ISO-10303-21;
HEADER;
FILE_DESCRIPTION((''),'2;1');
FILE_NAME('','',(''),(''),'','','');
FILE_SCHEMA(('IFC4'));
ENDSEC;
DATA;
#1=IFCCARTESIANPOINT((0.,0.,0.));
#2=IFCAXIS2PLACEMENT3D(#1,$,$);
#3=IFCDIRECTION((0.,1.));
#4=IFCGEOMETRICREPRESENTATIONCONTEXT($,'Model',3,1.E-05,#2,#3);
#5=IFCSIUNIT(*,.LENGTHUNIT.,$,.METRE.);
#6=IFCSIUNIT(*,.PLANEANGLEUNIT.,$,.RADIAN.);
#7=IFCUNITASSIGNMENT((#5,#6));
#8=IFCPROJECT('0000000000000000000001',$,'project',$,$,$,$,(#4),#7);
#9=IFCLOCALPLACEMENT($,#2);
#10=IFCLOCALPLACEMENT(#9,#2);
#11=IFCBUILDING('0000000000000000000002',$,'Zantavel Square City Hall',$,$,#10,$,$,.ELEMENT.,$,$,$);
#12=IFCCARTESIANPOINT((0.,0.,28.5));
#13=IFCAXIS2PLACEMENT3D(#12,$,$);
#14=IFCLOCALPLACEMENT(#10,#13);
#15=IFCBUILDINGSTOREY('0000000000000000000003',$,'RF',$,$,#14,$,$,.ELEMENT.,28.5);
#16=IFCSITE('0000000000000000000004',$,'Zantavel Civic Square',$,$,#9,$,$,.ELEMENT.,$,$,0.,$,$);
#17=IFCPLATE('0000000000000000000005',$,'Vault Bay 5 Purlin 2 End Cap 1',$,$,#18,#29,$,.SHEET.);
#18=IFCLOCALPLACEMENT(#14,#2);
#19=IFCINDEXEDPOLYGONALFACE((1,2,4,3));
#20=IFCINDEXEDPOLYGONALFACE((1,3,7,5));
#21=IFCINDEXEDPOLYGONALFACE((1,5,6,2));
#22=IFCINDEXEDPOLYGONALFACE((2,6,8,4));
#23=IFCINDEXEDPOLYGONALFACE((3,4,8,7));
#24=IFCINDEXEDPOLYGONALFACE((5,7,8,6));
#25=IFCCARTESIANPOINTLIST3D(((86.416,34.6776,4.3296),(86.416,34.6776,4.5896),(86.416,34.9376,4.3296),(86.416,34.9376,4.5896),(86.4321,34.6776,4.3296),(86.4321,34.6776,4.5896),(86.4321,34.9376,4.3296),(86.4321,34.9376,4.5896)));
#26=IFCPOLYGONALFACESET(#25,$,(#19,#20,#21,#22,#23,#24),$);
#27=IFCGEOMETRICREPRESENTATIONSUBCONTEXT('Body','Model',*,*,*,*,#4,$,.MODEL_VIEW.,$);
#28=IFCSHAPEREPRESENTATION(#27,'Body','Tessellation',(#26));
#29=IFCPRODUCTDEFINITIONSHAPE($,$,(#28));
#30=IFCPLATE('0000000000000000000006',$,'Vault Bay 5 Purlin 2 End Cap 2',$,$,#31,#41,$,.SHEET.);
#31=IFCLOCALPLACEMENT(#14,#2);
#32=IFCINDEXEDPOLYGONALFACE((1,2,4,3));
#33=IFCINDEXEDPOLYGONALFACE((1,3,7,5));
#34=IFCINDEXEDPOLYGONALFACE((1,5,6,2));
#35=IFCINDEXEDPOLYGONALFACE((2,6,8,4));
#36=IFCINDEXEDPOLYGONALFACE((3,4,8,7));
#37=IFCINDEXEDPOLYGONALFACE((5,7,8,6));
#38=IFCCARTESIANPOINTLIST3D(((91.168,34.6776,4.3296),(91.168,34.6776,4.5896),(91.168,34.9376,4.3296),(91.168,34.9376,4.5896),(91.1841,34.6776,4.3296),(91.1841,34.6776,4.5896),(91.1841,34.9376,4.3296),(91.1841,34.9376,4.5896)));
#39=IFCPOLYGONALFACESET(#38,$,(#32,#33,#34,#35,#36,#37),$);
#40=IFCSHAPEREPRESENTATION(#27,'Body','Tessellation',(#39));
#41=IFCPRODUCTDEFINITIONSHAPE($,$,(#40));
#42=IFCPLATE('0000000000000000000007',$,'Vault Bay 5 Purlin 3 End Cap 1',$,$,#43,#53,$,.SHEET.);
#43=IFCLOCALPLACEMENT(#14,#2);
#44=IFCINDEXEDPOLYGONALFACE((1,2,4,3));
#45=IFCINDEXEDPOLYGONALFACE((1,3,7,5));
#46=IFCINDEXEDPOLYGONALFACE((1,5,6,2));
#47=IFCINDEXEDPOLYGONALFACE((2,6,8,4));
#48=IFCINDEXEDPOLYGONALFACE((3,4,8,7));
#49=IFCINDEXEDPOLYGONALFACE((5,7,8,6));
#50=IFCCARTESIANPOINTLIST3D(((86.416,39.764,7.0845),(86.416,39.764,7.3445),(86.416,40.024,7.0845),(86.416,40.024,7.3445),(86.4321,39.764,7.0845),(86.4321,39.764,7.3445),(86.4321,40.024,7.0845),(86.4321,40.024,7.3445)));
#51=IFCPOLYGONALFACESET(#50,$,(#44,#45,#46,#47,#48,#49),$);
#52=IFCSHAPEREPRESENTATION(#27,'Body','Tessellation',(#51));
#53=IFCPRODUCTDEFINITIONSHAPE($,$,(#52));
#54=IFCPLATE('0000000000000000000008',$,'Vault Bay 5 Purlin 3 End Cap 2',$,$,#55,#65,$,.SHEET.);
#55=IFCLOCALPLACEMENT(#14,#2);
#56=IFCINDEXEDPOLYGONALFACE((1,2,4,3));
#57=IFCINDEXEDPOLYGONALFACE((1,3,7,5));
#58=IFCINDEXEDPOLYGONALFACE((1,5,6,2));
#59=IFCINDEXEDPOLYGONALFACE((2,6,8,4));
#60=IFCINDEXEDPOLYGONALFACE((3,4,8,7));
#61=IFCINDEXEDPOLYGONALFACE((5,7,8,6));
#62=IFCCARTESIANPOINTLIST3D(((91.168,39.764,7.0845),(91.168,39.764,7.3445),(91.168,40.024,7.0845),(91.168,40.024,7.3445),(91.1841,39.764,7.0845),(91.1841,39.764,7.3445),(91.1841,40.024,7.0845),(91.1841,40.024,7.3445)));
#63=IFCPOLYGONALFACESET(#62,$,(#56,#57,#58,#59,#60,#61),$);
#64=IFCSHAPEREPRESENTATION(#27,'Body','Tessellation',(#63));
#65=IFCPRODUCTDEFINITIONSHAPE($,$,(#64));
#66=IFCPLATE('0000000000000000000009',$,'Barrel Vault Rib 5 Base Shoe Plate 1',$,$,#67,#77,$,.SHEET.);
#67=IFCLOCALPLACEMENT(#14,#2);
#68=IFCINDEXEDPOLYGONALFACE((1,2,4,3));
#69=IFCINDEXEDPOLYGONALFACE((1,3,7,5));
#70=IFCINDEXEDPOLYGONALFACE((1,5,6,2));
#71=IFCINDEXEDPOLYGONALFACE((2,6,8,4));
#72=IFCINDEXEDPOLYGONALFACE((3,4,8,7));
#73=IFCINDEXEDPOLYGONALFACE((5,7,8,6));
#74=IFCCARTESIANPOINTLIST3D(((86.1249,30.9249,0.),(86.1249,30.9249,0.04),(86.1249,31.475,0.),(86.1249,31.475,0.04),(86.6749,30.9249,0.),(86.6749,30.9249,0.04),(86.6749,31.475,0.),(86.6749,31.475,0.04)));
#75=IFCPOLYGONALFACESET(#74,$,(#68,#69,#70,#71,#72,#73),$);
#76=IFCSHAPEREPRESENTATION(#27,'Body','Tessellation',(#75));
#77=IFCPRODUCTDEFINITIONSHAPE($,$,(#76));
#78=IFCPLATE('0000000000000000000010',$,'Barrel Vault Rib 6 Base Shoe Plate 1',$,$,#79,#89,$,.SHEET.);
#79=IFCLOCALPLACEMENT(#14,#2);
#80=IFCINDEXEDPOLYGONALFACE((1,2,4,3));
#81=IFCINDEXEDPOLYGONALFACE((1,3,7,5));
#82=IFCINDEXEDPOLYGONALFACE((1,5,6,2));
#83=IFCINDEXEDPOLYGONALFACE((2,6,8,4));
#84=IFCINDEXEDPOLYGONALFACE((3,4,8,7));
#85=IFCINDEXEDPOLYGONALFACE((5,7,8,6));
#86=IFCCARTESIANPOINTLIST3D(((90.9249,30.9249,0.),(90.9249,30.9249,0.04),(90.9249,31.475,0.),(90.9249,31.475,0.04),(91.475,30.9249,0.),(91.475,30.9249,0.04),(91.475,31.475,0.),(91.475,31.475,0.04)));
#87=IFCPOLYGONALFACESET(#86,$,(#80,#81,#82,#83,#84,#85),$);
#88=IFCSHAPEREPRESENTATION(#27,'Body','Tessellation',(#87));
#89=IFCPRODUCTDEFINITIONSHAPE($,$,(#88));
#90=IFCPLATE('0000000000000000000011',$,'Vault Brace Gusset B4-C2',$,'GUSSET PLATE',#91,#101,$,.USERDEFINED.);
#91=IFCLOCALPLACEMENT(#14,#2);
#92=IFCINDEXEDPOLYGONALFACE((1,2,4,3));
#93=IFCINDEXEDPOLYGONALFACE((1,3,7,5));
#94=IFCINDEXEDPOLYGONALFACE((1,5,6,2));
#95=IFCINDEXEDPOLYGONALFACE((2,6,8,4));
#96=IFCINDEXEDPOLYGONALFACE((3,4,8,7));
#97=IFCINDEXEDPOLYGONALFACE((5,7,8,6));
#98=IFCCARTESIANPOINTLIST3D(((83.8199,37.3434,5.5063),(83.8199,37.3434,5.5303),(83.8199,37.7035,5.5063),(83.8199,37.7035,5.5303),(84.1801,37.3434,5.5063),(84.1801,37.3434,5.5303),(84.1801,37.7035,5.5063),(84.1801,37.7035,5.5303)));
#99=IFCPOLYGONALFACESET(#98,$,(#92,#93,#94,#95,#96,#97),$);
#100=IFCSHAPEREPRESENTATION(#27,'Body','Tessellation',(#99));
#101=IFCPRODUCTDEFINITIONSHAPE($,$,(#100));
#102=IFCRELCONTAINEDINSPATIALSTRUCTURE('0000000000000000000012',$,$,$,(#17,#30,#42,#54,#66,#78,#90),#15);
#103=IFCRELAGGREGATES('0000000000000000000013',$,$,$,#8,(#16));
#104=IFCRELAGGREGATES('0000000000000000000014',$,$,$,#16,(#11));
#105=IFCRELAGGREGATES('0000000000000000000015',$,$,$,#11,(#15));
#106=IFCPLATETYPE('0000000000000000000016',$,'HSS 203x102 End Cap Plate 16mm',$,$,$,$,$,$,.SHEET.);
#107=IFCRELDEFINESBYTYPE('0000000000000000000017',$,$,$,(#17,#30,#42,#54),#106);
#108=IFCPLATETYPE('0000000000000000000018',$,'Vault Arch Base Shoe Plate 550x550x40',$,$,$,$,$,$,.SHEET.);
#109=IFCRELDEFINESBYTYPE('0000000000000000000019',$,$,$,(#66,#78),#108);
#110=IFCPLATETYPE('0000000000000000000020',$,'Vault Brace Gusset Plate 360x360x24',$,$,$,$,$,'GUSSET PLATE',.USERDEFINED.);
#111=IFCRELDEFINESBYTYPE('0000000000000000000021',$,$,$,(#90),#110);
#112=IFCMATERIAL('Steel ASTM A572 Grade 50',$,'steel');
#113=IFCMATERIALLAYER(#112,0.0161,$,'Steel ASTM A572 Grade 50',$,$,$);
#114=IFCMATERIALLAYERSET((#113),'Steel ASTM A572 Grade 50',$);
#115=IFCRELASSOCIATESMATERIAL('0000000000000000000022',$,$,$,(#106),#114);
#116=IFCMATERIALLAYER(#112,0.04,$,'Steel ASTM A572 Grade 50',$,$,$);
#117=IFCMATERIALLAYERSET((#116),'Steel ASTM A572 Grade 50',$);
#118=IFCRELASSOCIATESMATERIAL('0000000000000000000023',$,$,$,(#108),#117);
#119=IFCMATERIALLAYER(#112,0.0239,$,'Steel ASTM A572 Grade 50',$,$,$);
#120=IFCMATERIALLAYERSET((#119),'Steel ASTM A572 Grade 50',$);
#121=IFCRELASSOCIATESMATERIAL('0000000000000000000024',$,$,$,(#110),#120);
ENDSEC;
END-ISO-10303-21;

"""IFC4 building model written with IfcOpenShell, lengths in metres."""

from ifc_helpers import new_model, si_unit, direction, frame, origin, origin_2d, place, context, subcontext, project, spatial, rectangle, extrude, material, layer, layer_set, type_object, element, save


model = new_model("IFC4")

# Units and contexts
model_context = context("Model", 3, precision=1e-05, world=origin(), true_north=direction((0.0, 1.0)))
body_context = subcontext(model_context, "Body", "Model", "MODEL_VIEW")
ifc_project = project(units=[si_unit("LENGTHUNIT", "METRE"), si_unit("PLANEANGLEUNIT", "RADIAN")], contexts=[model_context])

# Site, building, storey
site_placement = place(None, origin())
site = spatial("IfcSite", under=ifc_project, at=site_placement, Name="Zantavel Civic Square", CompositionType="ELEMENT", RefElevation=0.0)
building_placement = place(site_placement, origin())
building = spatial("IfcBuilding", under=site, at=building_placement, Name="Zantavel Square City Hall", CompositionType="ELEMENT")
storey_placement = place(building_placement, frame((0.0, 0.0, 28.5)))
storey = spatial("IfcBuildingStorey", under=building, at=storey_placement, Name="RF", CompositionType="ELEMENT", Elevation=28.5)

# Plates
ifc_material_1 = material(Name="Steel ASTM A572 Grade 50", Category="steel")
ifc_layer_1 = layer(ifc_material_1, 0.0161, Name="Steel ASTM A572 Grade 50")
ifc_layer_set_1 = layer_set([ifc_layer_1], Name="Steel ASTM A572 Grade 50")
plate_type_1 = type_object("IfcPlateType", Name="HSS 203x102 End Cap Plate 16mm", PredefinedType="SHEET", material=ifc_layer_set_1)
for number, where, z_axis, x_axis, name in (
    (1, (86.4241, 34.8076, 4.3296), (0.0, 0.0, 1.0), (1.0, 0.0, 0.0), "Vault Bay 5 Purlin 2 End Cap 1"),
    (2, (91.176, 34.8076, 4.3296), (0.0, 0.0, 1.0), (1.0, 0.0, 0.0), "Vault Bay 5 Purlin 2 End Cap 2"),
    (3, (86.4241, 39.894, 7.0845), (0.0, 0.0, 1.0), (1.0, 0.0, 0.0), "Vault Bay 5 Purlin 3 End Cap 1"),
    (4, (91.176, 39.894, 7.0845), (0.0, 0.0, 1.0), (1.0, 0.0, 0.0), "Vault Bay 5 Purlin 3 End Cap 2"),
):
    element("IfcPlate", number, at=place(storey_placement, frame(where, z_axis=z_axis, x_axis=x_axis)), inside=storey, type_object=plate_type_1, Name=name, PredefinedType="SHEET", context=body_context, shape_type="SweptSolid", body=[
        extrude(rectangle(XDim=0.0161, YDim=0.26, at=origin_2d()), origin(), (0.0, 0.0, 1.0), 0.26),
    ])
ifc_layer_2 = layer(ifc_material_1, 0.04, Name="Steel ASTM A572 Grade 50")
ifc_layer_set_2 = layer_set([ifc_layer_2], Name="Steel ASTM A572 Grade 50")
plate_type_2 = type_object("IfcPlateType", Name="Vault Arch Base Shoe Plate 550x550x40", PredefinedType="SHEET", material=ifc_layer_set_2)
for number, where, z_axis, x_axis, name in (
    (5, (86.3999, 31.2, 0.0), (0.0, 0.0, 1.0), (1.0, 0.0, 0.0), "Barrel Vault Rib 5 Base Shoe Plate 1"),
    (6, (91.2, 31.2, 0.0), (0.0, 0.0, 1.0), (1.0, 0.0, 0.0), "Barrel Vault Rib 6 Base Shoe Plate 1"),
):
    element("IfcPlate", number, at=place(storey_placement, frame(where, z_axis=z_axis, x_axis=x_axis)), inside=storey, type_object=plate_type_2, Name=name, PredefinedType="SHEET", context=body_context, shape_type="SweptSolid", body=[
        extrude(rectangle(XDim=0.55, YDim=0.55, at=origin_2d()), origin(), (0.0, 0.0, 1.0), 0.04),
    ])
ifc_layer_3 = layer(ifc_material_1, 0.0239, Name="Steel ASTM A572 Grade 50")
ifc_layer_set_3 = layer_set([ifc_layer_3], Name="Steel ASTM A572 Grade 50")
plate_type_3 = type_object("IfcPlateType", Name="Vault Brace Gusset Plate 360x360x24", ElementType="GUSSET PLATE", PredefinedType="USERDEFINED", material=ifc_layer_set_3)
plate_placement = place(storey_placement, frame((84.0, 37.5234, 5.5063), z_axis=(0.0, 0.0, 1.0), x_axis=(1.0, 0.0, 0.0)))
element("IfcPlate", 7, at=plate_placement, inside=storey, type_object=plate_type_3, Name="Vault Brace Gusset B4-C2", ObjectType="GUSSET PLATE", PredefinedType="USERDEFINED", context=body_context, shape_type="SweptSolid", body=[
    extrude(rectangle(XDim=0.3601, YDim=0.3601, at=origin_2d()), origin(), (0.0, 0.0, 1.0), 0.0239),
])

save(model, "model.ifc")
